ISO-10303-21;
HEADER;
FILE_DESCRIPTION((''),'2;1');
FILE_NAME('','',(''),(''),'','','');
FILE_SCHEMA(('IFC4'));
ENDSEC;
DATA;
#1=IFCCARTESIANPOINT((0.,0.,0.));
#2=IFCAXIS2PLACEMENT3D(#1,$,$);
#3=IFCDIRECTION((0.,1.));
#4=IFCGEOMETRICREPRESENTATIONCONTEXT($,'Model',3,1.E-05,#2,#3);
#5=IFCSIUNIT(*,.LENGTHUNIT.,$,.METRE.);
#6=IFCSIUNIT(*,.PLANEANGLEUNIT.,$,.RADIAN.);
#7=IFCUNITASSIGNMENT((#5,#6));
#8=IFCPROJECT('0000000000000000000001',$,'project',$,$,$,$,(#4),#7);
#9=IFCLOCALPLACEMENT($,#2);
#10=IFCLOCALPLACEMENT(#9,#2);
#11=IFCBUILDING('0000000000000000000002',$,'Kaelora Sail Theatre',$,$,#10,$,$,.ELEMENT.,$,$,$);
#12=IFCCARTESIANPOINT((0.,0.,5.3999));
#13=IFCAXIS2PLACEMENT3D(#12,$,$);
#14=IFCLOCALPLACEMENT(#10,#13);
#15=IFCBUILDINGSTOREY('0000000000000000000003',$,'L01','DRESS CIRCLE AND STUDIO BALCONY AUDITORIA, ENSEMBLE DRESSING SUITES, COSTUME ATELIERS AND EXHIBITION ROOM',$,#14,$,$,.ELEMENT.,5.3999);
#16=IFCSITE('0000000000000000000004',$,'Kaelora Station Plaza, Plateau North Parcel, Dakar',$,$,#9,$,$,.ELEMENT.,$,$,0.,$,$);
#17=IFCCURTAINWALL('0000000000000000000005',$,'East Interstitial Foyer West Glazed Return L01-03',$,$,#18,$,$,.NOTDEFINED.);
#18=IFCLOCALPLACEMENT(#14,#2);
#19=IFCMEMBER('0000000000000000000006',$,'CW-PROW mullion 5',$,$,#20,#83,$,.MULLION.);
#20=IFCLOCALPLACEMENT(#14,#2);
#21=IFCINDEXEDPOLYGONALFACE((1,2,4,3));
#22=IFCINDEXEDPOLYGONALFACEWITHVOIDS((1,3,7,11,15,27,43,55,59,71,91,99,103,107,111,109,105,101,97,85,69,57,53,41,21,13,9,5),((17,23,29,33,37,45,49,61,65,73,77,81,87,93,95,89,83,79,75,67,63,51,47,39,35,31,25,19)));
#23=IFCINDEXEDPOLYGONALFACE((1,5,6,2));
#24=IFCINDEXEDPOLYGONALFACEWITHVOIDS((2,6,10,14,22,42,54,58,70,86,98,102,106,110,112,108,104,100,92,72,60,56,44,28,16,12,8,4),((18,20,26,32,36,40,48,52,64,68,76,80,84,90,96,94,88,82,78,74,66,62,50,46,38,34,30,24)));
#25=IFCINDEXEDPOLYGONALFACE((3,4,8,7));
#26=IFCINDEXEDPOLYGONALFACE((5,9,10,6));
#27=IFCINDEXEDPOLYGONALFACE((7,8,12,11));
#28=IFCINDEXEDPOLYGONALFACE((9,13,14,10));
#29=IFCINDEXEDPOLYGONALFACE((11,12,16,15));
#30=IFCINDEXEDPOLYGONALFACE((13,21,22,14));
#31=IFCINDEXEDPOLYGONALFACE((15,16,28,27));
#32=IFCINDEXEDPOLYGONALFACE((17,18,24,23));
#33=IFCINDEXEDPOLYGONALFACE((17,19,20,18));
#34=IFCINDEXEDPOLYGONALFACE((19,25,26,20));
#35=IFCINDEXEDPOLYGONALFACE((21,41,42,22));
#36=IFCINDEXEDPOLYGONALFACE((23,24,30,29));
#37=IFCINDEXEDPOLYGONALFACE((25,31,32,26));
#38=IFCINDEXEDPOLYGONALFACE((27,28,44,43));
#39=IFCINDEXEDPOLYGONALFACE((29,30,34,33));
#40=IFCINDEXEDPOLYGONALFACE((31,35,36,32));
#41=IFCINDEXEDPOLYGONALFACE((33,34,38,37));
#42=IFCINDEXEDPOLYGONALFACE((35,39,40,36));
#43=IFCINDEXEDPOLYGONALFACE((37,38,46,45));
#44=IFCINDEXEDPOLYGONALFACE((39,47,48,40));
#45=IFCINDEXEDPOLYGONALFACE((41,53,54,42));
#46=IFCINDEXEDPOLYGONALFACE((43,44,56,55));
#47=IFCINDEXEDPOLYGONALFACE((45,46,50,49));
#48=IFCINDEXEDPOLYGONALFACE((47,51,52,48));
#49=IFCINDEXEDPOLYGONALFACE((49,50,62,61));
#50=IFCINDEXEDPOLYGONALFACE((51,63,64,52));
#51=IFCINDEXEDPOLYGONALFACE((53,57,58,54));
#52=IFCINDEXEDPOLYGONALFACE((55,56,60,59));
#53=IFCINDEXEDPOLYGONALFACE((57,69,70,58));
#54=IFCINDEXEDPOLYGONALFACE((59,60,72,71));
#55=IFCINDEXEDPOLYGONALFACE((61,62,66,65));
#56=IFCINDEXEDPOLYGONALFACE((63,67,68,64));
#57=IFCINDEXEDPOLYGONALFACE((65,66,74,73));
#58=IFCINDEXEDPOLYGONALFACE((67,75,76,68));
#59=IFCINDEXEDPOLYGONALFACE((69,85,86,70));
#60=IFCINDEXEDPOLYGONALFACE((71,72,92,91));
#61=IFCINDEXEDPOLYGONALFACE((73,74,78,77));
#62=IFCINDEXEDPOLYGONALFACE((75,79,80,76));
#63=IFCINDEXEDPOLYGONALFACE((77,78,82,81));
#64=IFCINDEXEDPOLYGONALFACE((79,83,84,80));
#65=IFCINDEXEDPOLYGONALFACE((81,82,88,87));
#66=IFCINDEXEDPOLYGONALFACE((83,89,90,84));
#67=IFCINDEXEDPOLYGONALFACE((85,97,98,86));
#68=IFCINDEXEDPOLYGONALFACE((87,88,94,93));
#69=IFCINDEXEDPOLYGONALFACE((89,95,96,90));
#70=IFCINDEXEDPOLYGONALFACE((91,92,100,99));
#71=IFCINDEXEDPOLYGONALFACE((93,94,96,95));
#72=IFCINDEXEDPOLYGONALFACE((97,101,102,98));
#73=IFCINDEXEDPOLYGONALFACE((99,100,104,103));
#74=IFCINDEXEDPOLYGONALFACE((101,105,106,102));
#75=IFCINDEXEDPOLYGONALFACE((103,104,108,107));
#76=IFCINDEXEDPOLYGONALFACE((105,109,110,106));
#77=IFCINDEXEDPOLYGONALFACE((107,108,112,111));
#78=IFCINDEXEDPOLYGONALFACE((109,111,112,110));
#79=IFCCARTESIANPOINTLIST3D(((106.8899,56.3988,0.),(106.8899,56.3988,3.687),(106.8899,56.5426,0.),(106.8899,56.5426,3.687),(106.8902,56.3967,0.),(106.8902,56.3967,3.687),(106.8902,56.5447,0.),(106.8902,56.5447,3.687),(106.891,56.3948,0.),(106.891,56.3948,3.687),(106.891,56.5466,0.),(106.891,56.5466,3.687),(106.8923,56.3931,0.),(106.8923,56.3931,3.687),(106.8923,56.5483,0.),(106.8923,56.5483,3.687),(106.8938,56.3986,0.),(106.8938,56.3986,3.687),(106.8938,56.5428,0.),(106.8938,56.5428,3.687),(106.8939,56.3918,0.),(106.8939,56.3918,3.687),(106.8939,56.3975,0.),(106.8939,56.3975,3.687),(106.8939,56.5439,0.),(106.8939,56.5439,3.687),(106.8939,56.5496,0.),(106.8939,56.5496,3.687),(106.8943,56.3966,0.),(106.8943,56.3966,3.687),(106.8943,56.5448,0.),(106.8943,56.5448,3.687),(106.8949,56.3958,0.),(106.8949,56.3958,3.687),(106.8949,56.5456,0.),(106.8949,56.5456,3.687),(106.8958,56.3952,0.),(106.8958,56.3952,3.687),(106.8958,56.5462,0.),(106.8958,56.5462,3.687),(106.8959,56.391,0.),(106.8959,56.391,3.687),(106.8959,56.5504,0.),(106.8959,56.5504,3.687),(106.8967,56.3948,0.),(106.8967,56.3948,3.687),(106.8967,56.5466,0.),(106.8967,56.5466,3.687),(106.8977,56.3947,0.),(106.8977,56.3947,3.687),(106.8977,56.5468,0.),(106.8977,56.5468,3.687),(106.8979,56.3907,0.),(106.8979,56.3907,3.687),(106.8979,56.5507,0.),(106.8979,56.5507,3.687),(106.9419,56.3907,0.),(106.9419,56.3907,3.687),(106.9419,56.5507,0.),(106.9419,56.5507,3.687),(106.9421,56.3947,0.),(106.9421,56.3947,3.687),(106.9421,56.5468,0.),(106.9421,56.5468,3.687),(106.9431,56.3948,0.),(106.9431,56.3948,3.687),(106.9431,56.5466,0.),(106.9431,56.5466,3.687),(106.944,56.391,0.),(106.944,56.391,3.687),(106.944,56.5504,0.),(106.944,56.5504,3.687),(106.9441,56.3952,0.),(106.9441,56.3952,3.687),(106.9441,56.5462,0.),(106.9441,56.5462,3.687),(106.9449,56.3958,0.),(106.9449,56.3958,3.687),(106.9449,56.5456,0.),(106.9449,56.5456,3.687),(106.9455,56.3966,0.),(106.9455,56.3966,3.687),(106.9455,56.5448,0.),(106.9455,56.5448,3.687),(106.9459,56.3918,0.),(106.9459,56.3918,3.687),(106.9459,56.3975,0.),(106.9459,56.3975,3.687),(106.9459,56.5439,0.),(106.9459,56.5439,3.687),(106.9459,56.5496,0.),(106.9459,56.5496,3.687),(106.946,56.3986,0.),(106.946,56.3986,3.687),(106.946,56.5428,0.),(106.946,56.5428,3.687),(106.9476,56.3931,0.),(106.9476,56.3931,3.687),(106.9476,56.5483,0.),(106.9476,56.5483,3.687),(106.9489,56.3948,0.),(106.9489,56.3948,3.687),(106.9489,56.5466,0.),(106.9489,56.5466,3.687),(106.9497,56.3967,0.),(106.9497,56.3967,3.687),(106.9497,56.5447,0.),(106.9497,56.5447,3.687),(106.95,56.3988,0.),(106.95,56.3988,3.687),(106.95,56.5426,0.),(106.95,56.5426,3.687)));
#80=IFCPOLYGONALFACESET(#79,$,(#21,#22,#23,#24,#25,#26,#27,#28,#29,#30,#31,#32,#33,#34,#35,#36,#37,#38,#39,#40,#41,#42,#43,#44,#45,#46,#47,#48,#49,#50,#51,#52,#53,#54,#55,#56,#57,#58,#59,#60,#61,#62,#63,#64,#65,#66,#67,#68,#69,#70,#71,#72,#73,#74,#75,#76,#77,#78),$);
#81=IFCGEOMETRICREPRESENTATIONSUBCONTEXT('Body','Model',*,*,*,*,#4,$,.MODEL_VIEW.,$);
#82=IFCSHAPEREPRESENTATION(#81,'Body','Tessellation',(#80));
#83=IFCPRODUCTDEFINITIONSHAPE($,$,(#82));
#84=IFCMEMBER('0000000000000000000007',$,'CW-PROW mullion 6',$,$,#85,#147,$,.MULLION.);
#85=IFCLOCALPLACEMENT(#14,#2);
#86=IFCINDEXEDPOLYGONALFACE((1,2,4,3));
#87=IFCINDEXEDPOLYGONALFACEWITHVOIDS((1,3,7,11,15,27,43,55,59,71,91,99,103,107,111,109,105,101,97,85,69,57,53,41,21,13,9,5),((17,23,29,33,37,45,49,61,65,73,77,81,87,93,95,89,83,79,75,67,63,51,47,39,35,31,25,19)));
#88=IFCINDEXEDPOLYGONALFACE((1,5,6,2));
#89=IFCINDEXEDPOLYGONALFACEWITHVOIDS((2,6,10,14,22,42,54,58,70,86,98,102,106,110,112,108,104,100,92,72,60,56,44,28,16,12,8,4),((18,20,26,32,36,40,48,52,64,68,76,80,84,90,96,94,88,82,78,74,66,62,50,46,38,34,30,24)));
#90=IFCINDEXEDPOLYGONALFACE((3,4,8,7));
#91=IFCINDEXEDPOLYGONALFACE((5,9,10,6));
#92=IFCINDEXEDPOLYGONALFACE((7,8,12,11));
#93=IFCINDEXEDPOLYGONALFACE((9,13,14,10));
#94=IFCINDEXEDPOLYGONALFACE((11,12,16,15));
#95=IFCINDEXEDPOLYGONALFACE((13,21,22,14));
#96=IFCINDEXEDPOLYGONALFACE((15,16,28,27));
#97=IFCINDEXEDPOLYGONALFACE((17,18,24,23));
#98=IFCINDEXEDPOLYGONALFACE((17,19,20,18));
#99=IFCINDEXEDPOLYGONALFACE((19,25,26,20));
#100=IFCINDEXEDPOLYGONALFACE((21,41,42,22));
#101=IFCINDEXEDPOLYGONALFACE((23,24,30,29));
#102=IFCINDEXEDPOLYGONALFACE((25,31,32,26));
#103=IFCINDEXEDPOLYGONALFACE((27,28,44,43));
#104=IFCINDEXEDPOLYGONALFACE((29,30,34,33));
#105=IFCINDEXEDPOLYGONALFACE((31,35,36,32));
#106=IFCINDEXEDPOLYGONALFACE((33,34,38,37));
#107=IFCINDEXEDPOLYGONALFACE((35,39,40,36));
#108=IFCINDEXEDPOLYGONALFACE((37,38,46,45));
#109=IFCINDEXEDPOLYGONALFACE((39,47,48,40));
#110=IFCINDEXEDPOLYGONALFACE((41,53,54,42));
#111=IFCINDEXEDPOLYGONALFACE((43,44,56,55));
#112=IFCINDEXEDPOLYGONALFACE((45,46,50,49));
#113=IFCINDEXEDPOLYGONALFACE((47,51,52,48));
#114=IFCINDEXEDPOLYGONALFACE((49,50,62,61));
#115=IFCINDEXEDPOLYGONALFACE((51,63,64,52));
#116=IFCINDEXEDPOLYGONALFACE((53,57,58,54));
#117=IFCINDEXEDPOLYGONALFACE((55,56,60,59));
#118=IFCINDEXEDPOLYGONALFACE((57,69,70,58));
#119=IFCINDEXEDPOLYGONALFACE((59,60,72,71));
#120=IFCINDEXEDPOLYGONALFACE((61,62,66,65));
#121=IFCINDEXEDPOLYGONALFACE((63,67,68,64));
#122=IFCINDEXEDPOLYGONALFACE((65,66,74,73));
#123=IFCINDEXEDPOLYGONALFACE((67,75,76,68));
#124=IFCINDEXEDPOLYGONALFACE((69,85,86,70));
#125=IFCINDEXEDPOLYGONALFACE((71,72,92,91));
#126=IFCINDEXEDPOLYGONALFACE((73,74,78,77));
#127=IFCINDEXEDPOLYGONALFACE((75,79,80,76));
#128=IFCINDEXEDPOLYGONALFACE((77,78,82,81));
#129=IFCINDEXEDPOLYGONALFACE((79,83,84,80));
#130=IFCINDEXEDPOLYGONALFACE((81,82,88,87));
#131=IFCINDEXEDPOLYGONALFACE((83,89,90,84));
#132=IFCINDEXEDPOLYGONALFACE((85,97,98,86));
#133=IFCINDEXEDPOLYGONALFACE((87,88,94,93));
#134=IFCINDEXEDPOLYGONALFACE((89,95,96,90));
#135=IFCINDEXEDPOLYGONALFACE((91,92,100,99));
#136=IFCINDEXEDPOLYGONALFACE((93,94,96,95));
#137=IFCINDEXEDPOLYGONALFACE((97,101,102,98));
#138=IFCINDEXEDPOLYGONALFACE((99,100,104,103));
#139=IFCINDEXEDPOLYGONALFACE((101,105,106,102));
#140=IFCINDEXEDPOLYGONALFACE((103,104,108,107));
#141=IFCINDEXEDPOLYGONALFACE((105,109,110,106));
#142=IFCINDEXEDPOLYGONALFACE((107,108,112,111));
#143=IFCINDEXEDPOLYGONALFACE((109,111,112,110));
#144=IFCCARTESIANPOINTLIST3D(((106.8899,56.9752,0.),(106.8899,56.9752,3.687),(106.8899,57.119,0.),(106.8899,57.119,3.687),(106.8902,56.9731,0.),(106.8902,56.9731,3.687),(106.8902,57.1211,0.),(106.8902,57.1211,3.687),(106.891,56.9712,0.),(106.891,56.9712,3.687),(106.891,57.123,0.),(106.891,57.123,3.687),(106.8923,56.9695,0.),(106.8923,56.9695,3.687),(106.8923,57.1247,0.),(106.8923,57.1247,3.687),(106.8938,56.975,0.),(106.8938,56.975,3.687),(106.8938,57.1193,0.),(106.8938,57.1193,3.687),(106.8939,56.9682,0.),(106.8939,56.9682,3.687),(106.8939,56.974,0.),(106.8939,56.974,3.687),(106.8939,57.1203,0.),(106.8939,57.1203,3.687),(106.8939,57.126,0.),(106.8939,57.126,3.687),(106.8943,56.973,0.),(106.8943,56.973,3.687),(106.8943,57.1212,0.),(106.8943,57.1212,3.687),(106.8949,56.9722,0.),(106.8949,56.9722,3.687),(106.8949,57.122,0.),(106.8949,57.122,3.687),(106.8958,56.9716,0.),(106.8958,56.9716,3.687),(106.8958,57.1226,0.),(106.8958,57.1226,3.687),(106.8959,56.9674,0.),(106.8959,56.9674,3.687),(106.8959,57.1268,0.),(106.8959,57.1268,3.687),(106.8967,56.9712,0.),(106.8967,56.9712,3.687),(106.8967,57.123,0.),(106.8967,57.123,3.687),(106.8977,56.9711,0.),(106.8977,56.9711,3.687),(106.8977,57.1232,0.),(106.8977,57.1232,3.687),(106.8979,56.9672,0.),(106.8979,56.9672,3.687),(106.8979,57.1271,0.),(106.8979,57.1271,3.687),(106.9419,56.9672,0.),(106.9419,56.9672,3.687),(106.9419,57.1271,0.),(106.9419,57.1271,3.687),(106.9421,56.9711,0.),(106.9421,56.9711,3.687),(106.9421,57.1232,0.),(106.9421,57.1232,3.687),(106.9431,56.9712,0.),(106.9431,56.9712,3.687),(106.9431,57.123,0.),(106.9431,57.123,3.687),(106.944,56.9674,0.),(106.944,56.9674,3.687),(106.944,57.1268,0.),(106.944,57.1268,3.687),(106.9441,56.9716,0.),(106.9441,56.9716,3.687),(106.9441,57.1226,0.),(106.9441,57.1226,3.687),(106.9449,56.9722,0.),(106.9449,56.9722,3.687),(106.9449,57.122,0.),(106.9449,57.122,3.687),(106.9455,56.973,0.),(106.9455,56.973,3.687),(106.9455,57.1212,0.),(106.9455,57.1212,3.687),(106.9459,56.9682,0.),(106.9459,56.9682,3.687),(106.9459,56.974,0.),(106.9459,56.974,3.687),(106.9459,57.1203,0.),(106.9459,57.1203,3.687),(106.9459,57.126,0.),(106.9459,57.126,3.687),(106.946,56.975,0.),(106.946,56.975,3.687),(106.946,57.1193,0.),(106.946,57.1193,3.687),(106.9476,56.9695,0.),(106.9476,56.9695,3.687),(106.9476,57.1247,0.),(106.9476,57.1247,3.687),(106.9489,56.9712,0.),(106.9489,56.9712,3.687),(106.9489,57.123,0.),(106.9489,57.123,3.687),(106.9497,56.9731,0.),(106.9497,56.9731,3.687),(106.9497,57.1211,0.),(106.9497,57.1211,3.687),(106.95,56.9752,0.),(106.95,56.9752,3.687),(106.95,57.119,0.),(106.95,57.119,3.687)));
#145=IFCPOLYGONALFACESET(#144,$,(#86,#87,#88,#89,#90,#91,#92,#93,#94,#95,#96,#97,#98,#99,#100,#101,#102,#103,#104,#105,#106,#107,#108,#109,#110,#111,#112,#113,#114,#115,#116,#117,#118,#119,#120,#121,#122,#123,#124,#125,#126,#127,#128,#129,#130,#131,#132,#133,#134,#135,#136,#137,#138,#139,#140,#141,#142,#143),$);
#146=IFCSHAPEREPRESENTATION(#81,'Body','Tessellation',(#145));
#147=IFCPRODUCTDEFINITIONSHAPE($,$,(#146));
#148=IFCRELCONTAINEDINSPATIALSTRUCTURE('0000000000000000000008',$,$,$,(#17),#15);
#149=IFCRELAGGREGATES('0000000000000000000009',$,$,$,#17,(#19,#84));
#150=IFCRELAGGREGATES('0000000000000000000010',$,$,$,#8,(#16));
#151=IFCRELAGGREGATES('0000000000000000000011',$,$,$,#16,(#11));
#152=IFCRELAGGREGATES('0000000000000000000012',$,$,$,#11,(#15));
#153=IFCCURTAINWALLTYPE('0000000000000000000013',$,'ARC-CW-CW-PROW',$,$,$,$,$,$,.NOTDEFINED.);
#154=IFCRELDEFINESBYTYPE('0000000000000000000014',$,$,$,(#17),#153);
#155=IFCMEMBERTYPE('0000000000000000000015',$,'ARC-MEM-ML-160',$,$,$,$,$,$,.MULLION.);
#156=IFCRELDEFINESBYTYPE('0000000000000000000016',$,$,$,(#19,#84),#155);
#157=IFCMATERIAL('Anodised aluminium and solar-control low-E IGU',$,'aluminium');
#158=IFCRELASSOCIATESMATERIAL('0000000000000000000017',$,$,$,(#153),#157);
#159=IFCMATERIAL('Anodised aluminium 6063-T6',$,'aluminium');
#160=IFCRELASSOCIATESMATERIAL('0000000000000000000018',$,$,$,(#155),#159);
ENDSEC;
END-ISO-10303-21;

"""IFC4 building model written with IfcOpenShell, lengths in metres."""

from ifc_helpers import new_model, si_unit, direction, frame, origin, origin_2d, place, context, subcontext, project, spatial, hollow_rectangle, extrude, material, material_profile, profile_set, type_object, element, aggregate, save


model = new_model("IFC4")

# Units and contexts
model_context = context("Model", 3, precision=1e-05, world=origin(), true_north=direction((0.0, 1.0)))
body_context = subcontext(model_context, "Body", "Model", "MODEL_VIEW")
ifc_project = project(units=[si_unit("LENGTHUNIT", "METRE"), si_unit("PLANEANGLEUNIT", "RADIAN")], contexts=[model_context])

# Site, building, storey
site_placement = place(None, origin())
site = spatial("IfcSite", under=ifc_project, at=site_placement, Name="Kaelora Station Plaza, Plateau North Parcel, Dakar", CompositionType="ELEMENT", RefElevation=0.0)
building_placement = place(site_placement, origin())
building = spatial("IfcBuilding", under=site, at=building_placement, Name="Kaelora Sail Theatre", CompositionType="ELEMENT")
storey_placement = place(building_placement, frame((0.0, 0.0, 5.3999)))
storey = spatial("IfcBuildingStorey", under=building, at=storey_placement, Name="L01", Description="DRESS CIRCLE AND STUDIO BALCONY AUDITORIA, ENSEMBLE DRESSING SUITES, COSTUME ATELIERS AND EXHIBITION ROOM", CompositionType="ELEMENT", Elevation=5.3999)

# Curtain wall, members
ifc_material_1 = material(Name="Anodised aluminium and solar-control low-E IGU", Category="aluminium")
curtain_wall_type = type_object("IfcCurtainWallType", Name="ARC-CW-CW-PROW", PredefinedType="NOTDEFINED", material=ifc_material_1)
curtain_wall_placement = place(storey_placement, origin())
curtain_wall = element("IfcCurtainWall", 1, at=curtain_wall_placement, inside=storey, type_object=curtain_wall_type, Name="East Interstitial Foyer West Glazed Return L01-03", PredefinedType="NOTDEFINED")
ifc_material_2 = material(Name="Anodised aluminium 6063-T6", Category="aluminium")
ifc_material_profile_1 = material_profile(ifc_material_2, hollow_rectangle(XDim=0.0601, YDim=0.1599, WallThickness=0.0039, InnerFilletRadius=0.0039, OuterFilletRadius=0.0081, at=origin_2d()), Name="ALU-MULL 60x160x4")
ifc_profile_set_1 = profile_set([ifc_material_profile_1], Name="Anodised aluminium 6063-T6")
member_type_1 = type_object("IfcMemberType", Name="ARC-MEM-ML-160", PredefinedType="MULLION", material=ifc_profile_set_1)
member_1_placement = place(storey_placement, frame((106.9199, 56.4707, 0.0), z_axis=(0.0, 0.0, 1.0), x_axis=(-1.0, 0.0, 0.0)))
member_1 = element("IfcMember", 2, at=member_1_placement, type_object=member_type_1, Name="CW-PROW mullion 5", PredefinedType="MULLION", context=body_context, shape_type="SweptSolid", body=[
    extrude(hollow_rectangle(XDim=0.0601, YDim=0.1599, WallThickness=0.0039, InnerFilletRadius=0.0039, OuterFilletRadius=0.0081, at=origin_2d()), origin(), (0.0, 0.0, 1.0), 3.687),
])
member_2_placement = place(storey_placement, frame((106.9199, 57.0471, 0.0), z_axis=(0.0, 0.0, 1.0), x_axis=(-1.0, 0.0, 0.0)))
member_2 = element("IfcMember", 3, at=member_2_placement, type_object=member_type_1, Name="CW-PROW mullion 6", PredefinedType="MULLION", context=body_context, shape_type="SweptSolid", body=[
    extrude(hollow_rectangle(XDim=0.0601, YDim=0.1599, WallThickness=0.0039, InnerFilletRadius=0.0039, OuterFilletRadius=0.0081, at=origin_2d()), origin(), (0.0, 0.0, 1.0), 3.687),
])
aggregate(curtain_wall, [member_1, member_2])

save(model, "model.ifc")
